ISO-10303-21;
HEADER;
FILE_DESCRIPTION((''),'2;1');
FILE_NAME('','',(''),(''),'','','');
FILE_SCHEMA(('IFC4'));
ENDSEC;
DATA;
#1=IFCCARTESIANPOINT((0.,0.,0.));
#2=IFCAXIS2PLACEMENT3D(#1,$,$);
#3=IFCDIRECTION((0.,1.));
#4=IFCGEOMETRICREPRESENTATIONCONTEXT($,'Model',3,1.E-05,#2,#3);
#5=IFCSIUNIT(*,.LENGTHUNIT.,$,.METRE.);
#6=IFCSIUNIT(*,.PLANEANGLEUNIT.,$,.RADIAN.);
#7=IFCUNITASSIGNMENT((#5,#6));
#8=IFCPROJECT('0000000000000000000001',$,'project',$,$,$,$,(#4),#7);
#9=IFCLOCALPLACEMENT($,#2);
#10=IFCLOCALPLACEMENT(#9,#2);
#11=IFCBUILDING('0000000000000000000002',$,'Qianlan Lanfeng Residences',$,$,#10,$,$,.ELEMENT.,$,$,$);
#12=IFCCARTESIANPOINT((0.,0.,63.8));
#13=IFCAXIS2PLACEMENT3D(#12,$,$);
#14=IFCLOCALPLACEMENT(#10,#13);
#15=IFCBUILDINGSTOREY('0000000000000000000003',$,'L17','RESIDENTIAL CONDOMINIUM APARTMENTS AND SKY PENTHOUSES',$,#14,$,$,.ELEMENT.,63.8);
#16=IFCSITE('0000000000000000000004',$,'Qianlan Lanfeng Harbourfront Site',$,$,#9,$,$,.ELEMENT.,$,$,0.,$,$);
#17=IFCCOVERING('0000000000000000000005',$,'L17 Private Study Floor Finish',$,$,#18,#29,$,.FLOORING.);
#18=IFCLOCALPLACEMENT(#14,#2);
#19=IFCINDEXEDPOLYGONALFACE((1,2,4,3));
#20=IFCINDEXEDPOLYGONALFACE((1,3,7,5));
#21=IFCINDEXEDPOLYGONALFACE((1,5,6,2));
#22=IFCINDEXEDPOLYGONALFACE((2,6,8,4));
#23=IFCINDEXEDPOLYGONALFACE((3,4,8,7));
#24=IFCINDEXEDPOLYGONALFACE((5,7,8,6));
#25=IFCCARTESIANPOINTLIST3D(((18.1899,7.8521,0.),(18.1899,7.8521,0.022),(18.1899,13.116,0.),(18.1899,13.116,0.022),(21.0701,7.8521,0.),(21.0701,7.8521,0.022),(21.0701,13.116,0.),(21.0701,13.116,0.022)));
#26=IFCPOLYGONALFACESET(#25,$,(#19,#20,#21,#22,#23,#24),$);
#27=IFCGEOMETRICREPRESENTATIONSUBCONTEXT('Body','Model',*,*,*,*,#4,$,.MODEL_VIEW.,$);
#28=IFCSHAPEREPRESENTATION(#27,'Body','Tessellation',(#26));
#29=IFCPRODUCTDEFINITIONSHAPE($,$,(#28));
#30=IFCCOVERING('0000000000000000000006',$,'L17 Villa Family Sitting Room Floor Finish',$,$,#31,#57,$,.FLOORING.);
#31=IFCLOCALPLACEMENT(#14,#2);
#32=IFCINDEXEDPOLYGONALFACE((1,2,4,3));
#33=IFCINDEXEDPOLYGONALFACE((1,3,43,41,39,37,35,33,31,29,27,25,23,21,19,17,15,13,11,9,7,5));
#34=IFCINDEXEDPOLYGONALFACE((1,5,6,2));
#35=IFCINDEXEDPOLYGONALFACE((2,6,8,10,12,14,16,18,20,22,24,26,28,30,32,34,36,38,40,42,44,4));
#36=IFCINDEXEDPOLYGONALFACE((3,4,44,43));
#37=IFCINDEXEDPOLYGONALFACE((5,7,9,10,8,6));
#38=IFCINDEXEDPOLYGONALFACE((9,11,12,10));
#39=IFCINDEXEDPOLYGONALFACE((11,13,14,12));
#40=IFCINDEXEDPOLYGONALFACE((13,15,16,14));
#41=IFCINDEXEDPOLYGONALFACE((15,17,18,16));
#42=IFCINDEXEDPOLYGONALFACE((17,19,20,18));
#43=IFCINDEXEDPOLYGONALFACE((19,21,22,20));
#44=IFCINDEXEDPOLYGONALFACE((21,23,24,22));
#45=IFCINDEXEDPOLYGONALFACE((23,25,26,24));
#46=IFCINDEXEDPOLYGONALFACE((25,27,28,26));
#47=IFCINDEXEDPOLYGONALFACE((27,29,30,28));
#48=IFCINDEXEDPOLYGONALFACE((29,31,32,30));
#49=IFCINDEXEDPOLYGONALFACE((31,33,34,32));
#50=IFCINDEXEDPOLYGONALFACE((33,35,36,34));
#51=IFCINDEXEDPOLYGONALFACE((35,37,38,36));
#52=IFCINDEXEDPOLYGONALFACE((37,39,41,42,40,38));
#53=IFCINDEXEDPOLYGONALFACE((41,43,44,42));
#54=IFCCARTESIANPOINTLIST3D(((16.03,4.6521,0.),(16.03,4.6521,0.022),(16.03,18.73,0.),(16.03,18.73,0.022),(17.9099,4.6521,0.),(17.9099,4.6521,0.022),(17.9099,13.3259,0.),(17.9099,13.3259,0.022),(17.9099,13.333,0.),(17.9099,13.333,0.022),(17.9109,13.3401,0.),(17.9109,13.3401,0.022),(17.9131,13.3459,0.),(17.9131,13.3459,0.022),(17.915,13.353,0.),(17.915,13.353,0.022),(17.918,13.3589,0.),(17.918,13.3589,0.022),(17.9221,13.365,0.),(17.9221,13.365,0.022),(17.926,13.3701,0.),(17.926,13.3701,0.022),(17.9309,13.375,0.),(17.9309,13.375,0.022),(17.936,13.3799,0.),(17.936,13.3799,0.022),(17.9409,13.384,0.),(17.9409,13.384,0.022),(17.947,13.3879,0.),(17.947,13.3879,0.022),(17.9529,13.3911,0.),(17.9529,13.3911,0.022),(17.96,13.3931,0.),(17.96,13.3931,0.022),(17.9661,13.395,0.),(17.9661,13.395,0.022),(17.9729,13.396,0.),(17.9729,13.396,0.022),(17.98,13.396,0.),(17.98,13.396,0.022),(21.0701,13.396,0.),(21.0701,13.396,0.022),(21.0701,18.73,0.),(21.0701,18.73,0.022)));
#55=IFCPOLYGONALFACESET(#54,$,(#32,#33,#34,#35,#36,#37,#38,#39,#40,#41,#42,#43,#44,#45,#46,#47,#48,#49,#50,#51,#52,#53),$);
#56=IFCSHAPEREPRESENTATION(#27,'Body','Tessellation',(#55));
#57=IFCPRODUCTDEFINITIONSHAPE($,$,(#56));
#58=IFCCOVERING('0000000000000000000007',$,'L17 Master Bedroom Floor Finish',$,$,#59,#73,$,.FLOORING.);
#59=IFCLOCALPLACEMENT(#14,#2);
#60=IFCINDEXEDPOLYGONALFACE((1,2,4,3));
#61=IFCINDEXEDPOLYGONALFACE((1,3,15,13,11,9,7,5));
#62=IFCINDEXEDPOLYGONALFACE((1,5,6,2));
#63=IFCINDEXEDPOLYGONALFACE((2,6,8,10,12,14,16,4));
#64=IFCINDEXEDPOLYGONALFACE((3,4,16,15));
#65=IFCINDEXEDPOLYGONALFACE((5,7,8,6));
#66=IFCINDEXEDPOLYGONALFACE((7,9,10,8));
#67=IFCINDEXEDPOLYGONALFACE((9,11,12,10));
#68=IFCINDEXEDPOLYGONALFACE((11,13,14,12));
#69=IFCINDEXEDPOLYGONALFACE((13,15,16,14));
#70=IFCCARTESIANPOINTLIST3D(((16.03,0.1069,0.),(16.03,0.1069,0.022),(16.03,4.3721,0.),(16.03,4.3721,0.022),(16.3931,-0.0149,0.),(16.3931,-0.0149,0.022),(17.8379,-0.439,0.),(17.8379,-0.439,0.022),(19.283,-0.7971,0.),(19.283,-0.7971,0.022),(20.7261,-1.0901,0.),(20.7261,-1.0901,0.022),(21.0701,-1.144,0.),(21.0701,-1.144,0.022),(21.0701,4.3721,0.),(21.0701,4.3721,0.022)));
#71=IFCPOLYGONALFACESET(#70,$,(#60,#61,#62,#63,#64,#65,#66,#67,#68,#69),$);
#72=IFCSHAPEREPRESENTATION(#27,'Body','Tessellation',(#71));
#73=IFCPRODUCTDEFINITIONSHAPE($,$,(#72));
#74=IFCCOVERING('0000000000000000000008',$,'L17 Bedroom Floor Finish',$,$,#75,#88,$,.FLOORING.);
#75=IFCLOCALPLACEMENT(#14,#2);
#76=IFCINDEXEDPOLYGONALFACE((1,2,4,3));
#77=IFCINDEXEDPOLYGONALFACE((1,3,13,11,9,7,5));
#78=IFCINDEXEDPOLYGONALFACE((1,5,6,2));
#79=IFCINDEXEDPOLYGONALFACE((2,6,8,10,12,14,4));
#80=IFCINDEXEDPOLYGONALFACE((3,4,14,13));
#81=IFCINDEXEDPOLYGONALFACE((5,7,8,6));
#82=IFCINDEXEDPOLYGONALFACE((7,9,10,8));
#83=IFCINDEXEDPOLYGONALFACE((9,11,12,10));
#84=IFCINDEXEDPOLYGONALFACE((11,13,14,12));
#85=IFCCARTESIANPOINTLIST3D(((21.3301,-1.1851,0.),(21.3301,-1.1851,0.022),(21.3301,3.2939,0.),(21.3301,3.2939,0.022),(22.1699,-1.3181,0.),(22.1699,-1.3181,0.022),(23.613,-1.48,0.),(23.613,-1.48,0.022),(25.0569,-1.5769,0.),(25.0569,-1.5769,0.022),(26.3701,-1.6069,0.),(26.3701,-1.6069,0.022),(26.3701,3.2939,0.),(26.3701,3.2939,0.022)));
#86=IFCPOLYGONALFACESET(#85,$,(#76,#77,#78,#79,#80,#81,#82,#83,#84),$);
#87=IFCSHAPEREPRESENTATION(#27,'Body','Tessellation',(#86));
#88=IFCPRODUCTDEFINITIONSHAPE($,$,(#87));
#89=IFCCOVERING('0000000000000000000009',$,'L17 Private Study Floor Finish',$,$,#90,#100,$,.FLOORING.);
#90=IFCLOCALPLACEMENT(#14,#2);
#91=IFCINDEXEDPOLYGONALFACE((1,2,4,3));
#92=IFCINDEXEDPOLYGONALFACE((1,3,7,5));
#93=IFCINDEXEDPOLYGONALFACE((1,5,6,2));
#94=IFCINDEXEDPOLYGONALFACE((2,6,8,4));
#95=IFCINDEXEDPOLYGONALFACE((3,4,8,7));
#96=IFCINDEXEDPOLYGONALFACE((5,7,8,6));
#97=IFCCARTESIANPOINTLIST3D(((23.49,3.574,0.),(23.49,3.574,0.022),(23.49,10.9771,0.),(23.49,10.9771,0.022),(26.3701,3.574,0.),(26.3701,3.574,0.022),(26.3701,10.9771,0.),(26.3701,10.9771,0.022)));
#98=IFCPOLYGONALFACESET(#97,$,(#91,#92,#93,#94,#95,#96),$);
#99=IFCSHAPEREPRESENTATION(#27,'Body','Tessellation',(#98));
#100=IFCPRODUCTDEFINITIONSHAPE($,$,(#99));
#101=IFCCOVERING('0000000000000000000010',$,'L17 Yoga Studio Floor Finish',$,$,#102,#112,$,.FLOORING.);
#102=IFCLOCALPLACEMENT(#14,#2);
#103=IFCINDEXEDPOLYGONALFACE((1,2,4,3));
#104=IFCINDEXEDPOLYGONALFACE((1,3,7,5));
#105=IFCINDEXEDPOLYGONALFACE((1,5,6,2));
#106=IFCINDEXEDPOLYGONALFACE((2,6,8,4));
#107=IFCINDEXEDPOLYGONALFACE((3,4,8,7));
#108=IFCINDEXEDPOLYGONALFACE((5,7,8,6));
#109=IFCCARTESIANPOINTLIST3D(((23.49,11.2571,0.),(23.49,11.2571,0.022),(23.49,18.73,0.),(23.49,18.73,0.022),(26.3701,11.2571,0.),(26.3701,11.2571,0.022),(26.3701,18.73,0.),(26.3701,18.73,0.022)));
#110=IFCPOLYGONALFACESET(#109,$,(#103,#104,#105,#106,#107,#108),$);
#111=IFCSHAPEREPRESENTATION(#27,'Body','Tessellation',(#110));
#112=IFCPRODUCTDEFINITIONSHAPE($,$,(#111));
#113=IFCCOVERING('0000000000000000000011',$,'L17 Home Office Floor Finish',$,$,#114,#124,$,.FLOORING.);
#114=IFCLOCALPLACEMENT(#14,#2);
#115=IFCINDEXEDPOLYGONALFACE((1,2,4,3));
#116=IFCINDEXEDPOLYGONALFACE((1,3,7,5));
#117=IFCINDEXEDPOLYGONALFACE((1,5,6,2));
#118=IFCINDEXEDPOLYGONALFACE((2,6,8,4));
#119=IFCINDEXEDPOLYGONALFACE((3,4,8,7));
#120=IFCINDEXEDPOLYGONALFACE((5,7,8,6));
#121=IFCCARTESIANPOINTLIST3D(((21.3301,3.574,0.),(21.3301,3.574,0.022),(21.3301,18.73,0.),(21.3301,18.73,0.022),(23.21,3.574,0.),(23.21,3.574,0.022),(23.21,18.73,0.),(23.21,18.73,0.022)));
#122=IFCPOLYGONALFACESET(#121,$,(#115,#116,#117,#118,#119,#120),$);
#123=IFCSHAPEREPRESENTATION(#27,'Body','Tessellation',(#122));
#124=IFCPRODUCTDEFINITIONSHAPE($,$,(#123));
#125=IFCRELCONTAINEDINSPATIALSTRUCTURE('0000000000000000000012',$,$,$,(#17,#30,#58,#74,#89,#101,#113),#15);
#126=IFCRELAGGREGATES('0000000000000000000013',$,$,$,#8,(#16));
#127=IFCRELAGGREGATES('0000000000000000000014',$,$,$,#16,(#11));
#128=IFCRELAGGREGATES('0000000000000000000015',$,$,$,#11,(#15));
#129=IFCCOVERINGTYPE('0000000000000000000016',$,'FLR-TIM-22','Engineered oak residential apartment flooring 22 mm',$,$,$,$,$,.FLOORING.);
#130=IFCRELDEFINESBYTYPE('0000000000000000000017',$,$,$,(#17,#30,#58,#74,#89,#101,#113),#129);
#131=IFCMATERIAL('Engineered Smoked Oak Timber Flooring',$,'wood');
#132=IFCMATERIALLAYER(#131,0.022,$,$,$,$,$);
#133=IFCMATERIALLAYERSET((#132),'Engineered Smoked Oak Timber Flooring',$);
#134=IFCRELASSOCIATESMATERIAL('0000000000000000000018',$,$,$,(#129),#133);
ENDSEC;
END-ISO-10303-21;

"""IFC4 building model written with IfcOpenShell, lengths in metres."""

from ifc_helpers import new_model, si_unit, direction, frame, origin, place, context, subcontext, project, spatial, polyline, outline, extrude, material, layer, layer_set, type_object, element, save


model = new_model("IFC4")

# Units and contexts
model_context = context("Model", 3, precision=1e-05, world=origin(), true_north=direction((0.0, 1.0)))
body_context = subcontext(model_context, "Body", "Model", "MODEL_VIEW")
ifc_project = project(units=[si_unit("LENGTHUNIT", "METRE"), si_unit("PLANEANGLEUNIT", "RADIAN")], contexts=[model_context])

# Site, building, storey
site_placement = place(None, origin())
site = spatial("IfcSite", under=ifc_project, at=site_placement, Name="Qianlan Lanfeng Harbourfront Site", CompositionType="ELEMENT", RefElevation=0.0)
building_placement = place(site_placement, origin())
building = spatial("IfcBuilding", under=site, at=building_placement, Name="Qianlan Lanfeng Residences", CompositionType="ELEMENT")
storey_placement = place(building_placement, frame((0.0, 0.0, 63.8)))
storey = spatial("IfcBuildingStorey", under=building, at=storey_placement, Name="L17", Description="RESIDENTIAL CONDOMINIUM APARTMENTS AND SKY PENTHOUSES", CompositionType="ELEMENT", Elevation=63.8)

# Coverings
ifc_material_1 = material(Name="Engineered Smoked Oak Timber Flooring", Category="wood")
ifc_layer_1 = layer(ifc_material_1, 0.022)
ifc_layer_set_1 = layer_set([ifc_layer_1], Name="Engineered Smoked Oak Timber Flooring")
covering_type_1 = type_object("IfcCoveringType", Name="FLR-TIM-22", Description="Engineered oak residential apartment flooring 22 mm", PredefinedType="FLOORING", material=ifc_layer_set_1)
covering_1_placement = place(storey_placement, origin())
element("IfcCovering", 1, at=covering_1_placement, inside=storey, type_object=covering_type_1, Name="L17 Private Study Floor Finish", PredefinedType="FLOORING", context=body_context, shape_type="SweptSolid", body=[
    extrude(outline(polyline([(18.1899, 7.8521), (21.0701, 7.8521), (21.0701, 13.116), (18.1899, 13.116), (18.1899, 7.8521)])), origin(), (0.0, 0.0, 1.0), 0.022),
])
covering_2_placement = place(storey_placement, origin())
element("IfcCovering", 2, at=covering_2_placement, inside=storey, type_object=covering_type_1, Name="L17 Villa Family Sitting Room Floor Finish", PredefinedType="FLOORING", context=body_context, shape_type="SweptSolid", body=[
    extrude(outline(polyline([(16.03, 4.6521), (17.9099, 4.6521), (17.9099, 13.3259), (17.9099, 13.333), (17.9109, 13.3401), (17.9131, 13.3459), (17.915, 13.353), (17.918, 13.3589), (17.9221, 13.365), (17.926, 13.3701), (17.9309, 13.375), (17.936, 13.3799), (17.9409, 13.384), (17.947, 13.3879), (17.9529, 13.3911), (17.96, 13.3931), (17.9661, 13.395), (17.9729, 13.396), (17.98, 13.396), (21.0701, 13.396), (21.0701, 18.73), (16.03, 18.73), (16.03, 4.6521)])), origin(), (0.0, 0.0, 1.0), 0.022),
])
covering_3_placement = place(storey_placement, origin())
element("IfcCovering", 3, at=covering_3_placement, inside=storey, type_object=covering_type_1, Name="L17 Master Bedroom Floor Finish", PredefinedType="FLOORING", context=body_context, shape_type="SweptSolid", body=[
    extrude(outline(polyline([(16.03, 4.3721), (16.03, 0.1069), (16.3931, -0.0149), (17.8379, -0.439), (19.283, -0.7971), (20.7261, -1.0901), (21.0701, -1.144), (21.0701, 4.3721), (16.03, 4.3721)])), origin(), (0.0, 0.0, 1.0), 0.022),
])
covering_4_placement = place(storey_placement, origin())
element("IfcCovering", 4, at=covering_4_placement, inside=storey, type_object=covering_type_1, Name="L17 Bedroom Floor Finish", PredefinedType="FLOORING", context=body_context, shape_type="SweptSolid", body=[
    extrude(outline(polyline([(21.3301, 3.2939), (21.3301, -1.1851), (22.1699, -1.3181), (23.613, -1.48), (25.0569, -1.5769), (26.3701, -1.6069), (26.3701, 3.2939), (21.3301, 3.2939)])), origin(), (0.0, 0.0, 1.0), 0.022),
])
covering_5_placement = place(storey_placement, origin())
element("IfcCovering", 5, at=covering_5_placement, inside=storey, type_object=covering_type_1, Name="L17 Private Study Floor Finish", PredefinedType="FLOORING", context=body_context, shape_type="SweptSolid", body=[
    extrude(outline(polyline([(23.49, 3.574), (26.3701, 3.574), (26.3701, 10.9771), (23.49, 10.9771), (23.49, 3.574)])), origin(), (0.0, 0.0, 1.0), 0.022),
])
covering_6_placement = place(storey_placement, origin())
element("IfcCovering", 6, at=covering_6_placement, inside=storey, type_object=covering_type_1, Name="L17 Yoga Studio Floor Finish", PredefinedType="FLOORING", context=body_context, shape_type="SweptSolid", body=[
    extrude(outline(polyline([(23.49, 11.2571), (26.3701, 11.2571), (26.3701, 18.73), (23.49, 18.73), (23.49, 11.2571)])), origin(), (0.0, 0.0, 1.0), 0.022),
])
covering_7_placement = place(storey_placement, origin())
element("IfcCovering", 7, at=covering_7_placement, inside=storey, type_object=covering_type_1, Name="L17 Home Office Floor Finish", PredefinedType="FLOORING", context=body_context, shape_type="SweptSolid", body=[
    extrude(outline(polyline([(21.3301, 3.574), (23.21, 3.574), (23.21, 18.73), (21.3301, 18.73), (21.3301, 3.574)])), origin(), (0.0, 0.0, 1.0), 0.022),
])

save(model, "model.ifc")
